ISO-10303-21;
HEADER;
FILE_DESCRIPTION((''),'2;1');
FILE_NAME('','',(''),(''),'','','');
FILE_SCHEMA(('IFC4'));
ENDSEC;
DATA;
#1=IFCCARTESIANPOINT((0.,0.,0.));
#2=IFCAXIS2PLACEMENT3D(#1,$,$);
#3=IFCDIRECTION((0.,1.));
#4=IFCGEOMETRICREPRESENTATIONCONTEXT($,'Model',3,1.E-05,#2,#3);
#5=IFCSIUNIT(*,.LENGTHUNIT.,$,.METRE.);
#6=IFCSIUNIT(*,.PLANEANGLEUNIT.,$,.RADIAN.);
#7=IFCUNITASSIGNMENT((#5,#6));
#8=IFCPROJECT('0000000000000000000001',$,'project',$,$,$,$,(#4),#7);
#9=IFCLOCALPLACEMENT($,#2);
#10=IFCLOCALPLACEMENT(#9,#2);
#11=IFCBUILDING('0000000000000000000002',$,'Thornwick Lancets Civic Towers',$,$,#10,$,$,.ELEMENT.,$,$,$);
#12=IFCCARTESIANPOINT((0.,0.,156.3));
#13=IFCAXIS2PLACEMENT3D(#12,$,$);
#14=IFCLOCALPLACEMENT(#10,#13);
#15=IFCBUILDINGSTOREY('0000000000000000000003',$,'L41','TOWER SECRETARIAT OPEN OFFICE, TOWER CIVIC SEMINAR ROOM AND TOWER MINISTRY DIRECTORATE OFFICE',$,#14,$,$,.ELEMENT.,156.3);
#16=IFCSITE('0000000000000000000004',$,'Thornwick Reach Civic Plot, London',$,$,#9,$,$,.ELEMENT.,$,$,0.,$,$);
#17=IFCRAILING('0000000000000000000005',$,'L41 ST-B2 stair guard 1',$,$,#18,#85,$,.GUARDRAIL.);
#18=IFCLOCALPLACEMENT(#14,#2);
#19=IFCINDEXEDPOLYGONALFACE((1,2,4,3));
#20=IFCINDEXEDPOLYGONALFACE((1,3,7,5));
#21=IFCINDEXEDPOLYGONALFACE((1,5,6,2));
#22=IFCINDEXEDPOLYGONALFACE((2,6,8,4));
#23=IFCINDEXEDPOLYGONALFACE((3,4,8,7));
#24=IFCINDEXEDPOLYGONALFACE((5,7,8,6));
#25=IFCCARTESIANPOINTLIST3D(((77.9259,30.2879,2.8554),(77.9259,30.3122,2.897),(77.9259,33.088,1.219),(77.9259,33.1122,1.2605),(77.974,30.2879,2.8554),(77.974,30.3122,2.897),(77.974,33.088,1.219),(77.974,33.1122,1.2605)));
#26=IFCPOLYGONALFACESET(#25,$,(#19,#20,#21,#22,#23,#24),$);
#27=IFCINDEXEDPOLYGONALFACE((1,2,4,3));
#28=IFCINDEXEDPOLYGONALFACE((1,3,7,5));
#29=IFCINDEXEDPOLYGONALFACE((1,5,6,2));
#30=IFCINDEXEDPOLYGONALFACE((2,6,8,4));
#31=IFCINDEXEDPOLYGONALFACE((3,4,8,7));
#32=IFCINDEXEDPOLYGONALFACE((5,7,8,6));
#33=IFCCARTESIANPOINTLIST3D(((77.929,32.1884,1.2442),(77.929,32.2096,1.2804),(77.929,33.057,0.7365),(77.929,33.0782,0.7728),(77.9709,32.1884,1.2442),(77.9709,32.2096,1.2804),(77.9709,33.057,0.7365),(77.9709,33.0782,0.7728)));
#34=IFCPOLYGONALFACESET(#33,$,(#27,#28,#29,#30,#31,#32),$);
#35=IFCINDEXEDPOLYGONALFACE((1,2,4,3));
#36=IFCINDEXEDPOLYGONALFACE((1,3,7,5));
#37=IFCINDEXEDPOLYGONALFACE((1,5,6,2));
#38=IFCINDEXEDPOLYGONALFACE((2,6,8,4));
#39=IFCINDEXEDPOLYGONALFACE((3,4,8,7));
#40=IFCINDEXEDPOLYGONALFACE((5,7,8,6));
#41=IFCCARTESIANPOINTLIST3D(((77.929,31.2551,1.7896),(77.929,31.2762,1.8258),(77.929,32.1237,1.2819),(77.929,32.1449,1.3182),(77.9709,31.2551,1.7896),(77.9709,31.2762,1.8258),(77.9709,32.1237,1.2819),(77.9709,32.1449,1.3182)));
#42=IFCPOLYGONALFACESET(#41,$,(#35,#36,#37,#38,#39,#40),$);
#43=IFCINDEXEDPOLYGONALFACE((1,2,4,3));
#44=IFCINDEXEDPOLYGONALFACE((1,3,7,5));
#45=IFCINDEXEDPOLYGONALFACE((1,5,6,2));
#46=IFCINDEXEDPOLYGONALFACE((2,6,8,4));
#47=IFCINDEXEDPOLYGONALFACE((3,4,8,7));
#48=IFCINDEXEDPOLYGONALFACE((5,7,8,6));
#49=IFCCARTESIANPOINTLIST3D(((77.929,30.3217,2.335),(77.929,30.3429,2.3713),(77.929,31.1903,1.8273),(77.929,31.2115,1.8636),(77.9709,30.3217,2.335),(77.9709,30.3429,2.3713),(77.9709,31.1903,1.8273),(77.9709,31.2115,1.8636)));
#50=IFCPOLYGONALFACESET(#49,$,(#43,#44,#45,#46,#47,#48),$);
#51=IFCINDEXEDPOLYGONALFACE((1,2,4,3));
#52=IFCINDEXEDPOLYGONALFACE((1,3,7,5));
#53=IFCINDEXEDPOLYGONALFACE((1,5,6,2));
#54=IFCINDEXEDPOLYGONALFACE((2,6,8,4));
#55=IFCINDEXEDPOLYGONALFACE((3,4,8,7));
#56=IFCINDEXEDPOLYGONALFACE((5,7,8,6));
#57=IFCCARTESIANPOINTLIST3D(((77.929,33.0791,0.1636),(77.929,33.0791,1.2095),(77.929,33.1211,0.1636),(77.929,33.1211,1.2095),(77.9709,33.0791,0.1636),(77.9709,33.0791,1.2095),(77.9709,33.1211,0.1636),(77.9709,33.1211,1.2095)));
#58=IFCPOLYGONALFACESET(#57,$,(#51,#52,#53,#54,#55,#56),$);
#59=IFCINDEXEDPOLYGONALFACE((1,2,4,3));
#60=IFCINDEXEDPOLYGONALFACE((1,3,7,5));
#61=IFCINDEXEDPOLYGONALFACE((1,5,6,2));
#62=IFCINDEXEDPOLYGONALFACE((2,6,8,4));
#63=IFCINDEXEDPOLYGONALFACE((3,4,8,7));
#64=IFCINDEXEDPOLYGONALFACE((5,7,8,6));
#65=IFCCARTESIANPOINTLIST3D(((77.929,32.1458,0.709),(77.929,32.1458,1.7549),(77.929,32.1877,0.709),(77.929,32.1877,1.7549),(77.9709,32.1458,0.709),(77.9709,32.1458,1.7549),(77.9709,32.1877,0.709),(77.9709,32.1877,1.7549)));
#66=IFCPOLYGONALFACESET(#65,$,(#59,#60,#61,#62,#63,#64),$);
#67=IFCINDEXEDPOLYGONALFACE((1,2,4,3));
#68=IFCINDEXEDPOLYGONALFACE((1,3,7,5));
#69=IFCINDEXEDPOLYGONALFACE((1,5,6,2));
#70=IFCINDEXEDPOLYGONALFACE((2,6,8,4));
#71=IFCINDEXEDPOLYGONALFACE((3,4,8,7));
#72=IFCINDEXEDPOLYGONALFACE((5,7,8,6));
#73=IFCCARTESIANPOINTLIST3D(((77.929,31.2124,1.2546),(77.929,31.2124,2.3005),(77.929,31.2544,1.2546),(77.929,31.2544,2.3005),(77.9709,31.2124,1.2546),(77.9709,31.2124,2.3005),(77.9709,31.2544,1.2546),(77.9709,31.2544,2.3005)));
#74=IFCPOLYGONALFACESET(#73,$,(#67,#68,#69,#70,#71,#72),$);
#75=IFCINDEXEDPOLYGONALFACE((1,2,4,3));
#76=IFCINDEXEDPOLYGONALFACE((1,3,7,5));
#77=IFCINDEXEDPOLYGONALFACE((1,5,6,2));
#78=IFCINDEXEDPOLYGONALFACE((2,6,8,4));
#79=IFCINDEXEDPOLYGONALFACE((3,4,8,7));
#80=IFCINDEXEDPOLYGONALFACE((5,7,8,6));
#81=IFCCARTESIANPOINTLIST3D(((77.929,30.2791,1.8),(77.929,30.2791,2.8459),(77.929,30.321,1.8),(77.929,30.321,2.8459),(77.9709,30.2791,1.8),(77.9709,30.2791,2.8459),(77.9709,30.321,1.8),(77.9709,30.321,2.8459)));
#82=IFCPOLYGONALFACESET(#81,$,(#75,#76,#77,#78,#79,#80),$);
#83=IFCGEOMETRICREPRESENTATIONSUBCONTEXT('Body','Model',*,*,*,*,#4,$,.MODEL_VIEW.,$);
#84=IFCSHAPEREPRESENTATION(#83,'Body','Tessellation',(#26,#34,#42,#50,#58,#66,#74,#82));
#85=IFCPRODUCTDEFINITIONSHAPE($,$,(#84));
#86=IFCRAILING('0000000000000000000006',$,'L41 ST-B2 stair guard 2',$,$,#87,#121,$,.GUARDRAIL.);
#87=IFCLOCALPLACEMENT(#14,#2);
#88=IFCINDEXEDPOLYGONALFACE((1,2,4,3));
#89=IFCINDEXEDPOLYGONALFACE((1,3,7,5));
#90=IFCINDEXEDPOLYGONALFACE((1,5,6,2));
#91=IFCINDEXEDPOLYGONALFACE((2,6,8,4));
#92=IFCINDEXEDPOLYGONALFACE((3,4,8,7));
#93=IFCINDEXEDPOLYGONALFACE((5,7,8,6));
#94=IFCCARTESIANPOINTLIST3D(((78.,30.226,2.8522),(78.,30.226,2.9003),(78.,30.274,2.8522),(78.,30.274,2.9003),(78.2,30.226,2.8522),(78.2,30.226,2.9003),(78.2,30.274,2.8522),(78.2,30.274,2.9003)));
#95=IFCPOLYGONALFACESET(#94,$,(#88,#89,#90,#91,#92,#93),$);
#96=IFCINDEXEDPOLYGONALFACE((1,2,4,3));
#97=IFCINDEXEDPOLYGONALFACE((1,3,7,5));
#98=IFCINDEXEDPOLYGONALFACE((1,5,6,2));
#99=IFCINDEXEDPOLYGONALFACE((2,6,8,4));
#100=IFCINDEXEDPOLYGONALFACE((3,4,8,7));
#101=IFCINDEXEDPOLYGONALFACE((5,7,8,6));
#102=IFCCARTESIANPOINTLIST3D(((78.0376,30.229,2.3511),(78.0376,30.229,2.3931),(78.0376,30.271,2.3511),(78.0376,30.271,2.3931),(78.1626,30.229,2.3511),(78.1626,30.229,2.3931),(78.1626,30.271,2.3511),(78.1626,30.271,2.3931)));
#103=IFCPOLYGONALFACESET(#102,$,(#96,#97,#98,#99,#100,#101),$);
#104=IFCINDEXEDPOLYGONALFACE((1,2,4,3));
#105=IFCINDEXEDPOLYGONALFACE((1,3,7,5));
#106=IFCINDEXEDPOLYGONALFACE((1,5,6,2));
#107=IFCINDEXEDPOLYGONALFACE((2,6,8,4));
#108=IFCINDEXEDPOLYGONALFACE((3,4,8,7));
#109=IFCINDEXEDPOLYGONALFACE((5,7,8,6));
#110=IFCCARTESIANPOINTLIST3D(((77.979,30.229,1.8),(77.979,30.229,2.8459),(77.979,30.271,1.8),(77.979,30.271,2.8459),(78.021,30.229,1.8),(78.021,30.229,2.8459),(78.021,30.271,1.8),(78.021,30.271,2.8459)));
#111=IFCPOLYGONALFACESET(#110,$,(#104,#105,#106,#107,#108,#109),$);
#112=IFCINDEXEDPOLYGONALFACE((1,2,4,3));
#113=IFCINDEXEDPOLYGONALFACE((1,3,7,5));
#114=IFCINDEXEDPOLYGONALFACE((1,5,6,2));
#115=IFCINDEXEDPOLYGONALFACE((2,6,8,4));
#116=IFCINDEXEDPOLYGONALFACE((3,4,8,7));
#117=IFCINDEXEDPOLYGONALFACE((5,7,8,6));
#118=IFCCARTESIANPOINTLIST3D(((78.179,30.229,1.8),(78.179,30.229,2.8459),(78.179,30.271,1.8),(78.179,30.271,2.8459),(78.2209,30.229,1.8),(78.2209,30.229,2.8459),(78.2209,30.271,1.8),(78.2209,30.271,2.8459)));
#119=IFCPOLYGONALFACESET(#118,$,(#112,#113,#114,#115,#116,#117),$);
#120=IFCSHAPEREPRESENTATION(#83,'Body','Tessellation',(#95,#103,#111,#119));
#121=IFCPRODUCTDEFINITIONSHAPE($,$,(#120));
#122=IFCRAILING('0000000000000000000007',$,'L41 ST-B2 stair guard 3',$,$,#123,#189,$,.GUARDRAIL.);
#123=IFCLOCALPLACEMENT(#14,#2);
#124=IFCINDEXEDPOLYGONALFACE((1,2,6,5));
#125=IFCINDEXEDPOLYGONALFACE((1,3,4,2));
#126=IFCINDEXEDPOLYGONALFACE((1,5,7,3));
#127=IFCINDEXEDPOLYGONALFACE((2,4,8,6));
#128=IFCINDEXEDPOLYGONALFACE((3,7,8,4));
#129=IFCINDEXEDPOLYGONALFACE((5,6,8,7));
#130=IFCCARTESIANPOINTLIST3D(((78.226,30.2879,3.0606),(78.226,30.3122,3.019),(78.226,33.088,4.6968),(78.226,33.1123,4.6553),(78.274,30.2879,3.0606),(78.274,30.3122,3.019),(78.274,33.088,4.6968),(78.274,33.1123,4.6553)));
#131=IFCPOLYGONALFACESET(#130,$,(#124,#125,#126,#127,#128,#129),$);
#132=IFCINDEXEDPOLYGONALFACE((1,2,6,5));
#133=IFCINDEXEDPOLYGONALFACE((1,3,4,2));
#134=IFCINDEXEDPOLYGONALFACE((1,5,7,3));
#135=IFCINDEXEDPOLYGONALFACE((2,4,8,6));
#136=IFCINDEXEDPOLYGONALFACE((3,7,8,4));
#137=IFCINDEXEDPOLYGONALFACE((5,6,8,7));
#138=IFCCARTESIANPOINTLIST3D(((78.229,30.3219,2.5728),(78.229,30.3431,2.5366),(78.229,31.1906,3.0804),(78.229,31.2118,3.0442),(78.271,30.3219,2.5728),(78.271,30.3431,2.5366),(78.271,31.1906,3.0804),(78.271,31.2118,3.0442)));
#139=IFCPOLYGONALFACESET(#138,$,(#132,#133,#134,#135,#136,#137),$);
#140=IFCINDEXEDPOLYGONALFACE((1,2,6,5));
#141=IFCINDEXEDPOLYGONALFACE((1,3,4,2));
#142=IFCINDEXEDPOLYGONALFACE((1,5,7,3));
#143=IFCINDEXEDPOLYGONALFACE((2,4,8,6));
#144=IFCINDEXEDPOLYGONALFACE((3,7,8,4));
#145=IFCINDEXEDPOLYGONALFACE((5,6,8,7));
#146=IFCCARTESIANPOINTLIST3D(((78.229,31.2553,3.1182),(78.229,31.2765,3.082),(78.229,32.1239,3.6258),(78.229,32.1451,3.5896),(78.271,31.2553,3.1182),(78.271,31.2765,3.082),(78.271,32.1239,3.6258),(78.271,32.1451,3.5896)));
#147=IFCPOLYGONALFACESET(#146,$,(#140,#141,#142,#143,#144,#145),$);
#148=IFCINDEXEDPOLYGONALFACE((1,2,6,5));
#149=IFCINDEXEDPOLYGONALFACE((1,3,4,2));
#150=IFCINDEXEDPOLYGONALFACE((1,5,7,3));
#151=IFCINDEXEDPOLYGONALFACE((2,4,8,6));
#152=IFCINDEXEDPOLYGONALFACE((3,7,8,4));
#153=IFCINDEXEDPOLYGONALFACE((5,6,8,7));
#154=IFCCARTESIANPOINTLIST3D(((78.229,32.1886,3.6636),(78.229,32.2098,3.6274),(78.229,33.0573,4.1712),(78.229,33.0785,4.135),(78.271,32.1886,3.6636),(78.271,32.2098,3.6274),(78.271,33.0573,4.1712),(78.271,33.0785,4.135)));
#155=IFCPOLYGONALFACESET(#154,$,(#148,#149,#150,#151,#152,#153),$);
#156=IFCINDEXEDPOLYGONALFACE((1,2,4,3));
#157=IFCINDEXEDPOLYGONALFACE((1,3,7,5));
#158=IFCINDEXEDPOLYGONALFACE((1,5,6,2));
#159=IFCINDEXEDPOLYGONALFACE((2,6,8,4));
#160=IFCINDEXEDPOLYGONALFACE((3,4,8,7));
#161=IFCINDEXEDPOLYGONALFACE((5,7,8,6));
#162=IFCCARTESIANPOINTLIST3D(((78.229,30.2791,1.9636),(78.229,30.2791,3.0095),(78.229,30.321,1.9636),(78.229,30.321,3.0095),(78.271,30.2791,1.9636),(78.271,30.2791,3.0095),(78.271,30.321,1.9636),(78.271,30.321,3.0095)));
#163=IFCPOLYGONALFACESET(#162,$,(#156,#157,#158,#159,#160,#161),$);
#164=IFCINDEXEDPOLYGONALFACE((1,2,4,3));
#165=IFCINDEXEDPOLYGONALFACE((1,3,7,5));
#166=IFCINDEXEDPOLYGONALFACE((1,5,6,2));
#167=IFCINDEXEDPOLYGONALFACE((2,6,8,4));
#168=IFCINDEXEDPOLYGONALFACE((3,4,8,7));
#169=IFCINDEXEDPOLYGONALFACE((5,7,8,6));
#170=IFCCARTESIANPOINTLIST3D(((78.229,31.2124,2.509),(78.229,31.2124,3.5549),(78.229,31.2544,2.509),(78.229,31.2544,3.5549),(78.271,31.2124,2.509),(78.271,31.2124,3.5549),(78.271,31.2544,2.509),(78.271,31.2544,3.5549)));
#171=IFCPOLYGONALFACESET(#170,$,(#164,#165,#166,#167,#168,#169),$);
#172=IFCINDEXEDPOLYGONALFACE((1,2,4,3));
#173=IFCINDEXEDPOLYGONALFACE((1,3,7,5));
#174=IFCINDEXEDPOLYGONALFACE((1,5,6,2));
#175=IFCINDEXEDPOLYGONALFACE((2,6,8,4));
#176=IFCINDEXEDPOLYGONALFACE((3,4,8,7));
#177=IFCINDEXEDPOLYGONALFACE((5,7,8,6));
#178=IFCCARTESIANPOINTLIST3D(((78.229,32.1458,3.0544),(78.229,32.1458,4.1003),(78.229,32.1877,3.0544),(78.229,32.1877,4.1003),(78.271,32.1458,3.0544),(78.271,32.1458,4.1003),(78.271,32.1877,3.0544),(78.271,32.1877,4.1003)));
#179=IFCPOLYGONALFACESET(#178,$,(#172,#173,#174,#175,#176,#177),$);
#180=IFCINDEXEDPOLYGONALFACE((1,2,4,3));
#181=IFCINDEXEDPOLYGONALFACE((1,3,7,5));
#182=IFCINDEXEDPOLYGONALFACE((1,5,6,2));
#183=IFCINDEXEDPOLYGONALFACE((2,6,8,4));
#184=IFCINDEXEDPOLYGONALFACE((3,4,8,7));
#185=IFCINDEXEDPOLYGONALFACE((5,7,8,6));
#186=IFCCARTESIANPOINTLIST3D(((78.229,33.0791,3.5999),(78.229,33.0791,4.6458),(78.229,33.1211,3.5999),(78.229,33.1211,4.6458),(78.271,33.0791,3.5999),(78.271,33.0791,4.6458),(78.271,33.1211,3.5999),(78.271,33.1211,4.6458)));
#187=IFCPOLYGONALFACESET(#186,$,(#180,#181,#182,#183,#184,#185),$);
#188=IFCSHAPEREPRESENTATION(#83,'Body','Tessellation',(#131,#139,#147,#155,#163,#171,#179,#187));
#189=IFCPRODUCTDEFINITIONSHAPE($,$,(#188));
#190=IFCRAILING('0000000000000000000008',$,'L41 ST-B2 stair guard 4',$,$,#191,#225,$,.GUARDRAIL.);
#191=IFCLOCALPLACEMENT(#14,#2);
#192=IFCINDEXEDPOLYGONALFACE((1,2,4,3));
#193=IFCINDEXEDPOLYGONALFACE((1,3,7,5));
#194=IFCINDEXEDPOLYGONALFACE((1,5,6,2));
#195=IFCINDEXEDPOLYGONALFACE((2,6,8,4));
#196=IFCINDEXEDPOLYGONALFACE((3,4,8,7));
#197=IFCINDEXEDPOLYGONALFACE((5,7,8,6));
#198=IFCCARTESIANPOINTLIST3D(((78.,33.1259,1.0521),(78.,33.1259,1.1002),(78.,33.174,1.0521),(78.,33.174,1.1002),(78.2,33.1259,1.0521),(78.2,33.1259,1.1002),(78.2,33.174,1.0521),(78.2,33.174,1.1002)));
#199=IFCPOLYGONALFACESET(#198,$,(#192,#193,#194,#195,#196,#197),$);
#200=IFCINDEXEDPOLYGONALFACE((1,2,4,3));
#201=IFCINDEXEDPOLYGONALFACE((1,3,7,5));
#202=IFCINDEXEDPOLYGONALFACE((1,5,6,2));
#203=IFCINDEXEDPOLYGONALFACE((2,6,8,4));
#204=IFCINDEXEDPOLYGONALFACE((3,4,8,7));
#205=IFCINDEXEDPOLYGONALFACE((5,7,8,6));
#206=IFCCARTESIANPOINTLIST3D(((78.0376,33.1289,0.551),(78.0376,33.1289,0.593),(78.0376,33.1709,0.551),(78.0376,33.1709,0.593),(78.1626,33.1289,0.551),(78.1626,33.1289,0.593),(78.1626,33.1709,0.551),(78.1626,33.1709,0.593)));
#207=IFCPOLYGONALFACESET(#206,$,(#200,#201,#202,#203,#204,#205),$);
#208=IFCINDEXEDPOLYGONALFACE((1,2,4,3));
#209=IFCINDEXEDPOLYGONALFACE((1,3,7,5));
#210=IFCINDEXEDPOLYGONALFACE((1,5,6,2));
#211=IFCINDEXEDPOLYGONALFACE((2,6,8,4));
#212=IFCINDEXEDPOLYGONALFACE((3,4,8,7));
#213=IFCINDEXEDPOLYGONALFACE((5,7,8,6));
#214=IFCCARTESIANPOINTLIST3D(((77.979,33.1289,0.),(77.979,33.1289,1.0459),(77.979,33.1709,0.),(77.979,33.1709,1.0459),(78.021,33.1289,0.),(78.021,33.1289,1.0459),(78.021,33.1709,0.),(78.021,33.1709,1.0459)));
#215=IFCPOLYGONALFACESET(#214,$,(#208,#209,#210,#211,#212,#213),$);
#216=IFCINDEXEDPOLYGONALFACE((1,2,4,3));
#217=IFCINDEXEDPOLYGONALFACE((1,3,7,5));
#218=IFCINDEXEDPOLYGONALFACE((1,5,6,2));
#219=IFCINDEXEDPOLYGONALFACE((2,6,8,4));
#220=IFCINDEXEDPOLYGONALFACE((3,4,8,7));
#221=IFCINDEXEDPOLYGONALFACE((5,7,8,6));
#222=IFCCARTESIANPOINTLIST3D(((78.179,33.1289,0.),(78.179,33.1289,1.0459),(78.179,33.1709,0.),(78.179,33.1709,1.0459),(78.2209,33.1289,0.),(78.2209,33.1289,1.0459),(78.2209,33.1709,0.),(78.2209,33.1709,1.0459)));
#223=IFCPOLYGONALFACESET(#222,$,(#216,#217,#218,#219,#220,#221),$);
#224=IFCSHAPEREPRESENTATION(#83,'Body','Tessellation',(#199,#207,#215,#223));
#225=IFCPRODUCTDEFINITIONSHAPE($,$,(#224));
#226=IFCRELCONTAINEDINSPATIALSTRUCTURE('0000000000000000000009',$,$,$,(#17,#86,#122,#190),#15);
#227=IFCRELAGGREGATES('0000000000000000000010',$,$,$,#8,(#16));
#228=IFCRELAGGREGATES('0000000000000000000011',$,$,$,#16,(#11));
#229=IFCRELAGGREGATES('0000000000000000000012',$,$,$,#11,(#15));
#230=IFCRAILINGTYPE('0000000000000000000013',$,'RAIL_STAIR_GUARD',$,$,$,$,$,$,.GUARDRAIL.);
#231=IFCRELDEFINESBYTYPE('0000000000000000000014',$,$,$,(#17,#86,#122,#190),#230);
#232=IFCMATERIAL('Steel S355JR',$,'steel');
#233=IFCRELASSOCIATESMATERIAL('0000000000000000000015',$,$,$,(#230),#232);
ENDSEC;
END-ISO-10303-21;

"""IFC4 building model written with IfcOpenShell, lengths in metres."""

from ifc_helpers import new_model, si_unit, direction, frame, origin, origin_2d, place, context, subcontext, project, spatial, rectangle, extrude, material, type_object, element, save


model = new_model("IFC4")

# Units and contexts
model_context = context("Model", 3, precision=1e-05, world=origin(), true_north=direction((0.0, 1.0)))
body_context = subcontext(model_context, "Body", "Model", "MODEL_VIEW")
ifc_project = project(units=[si_unit("LENGTHUNIT", "METRE"), si_unit("PLANEANGLEUNIT", "RADIAN")], contexts=[model_context])

# Site, building, storey
site_placement = place(None, origin())
site = spatial("IfcSite", under=ifc_project, at=site_placement, Name="Thornwick Reach Civic Plot, London", CompositionType="ELEMENT", RefElevation=0.0)
building_placement = place(site_placement, origin())
building = spatial("IfcBuilding", under=site, at=building_placement, Name="Thornwick Lancets Civic Towers", CompositionType="ELEMENT")
storey_placement = place(building_placement, frame((0.0, 0.0, 156.3)))
storey = spatial("IfcBuildingStorey", under=building, at=storey_placement, Name="L41", Description="TOWER SECRETARIAT OPEN OFFICE, TOWER CIVIC SEMINAR ROOM AND TOWER MINISTRY DIRECTORATE OFFICE", CompositionType="ELEMENT", Elevation=156.3)

# Shared definitions
ifc_material_1 = material(Name="Steel S355JR", Category="steel")

# Railings
railing_type_1 = type_object("IfcRailingType", Name="RAIL_STAIR_GUARD", PredefinedType="GUARDRAIL", material=ifc_material_1)
railing_1_placement = place(storey_placement, frame((77.95, 33.1001, 0.1636)))
element("IfcRailing", 1, at=railing_1_placement, inside=storey, type_object=railing_type_1, Name="L41 ST-B2 stair guard 1", PredefinedType="GUARDRAIL", context=body_context, shape_type="SweptSolid", body=[
    extrude(rectangle(XDim=0.0481, YDim=0.0481, at=origin_2d()), frame((0.0, 0.0, 1.0762), z_axis=(0.0, -0.863361, 0.504587), x_axis=(1.0, 0.0, 0.0)), (0.0, 0.0, 1.0), 3.2432),
    extrude(rectangle(XDim=0.042, YDim=0.042, at=origin_2d()), frame((0.0, -0.0325, 0.5911), z_axis=(0.0, -0.863361, 0.504587), x_axis=(1.0, 0.0, 0.0)), (0.0, 0.0, 1.0), 1.0061),
    extrude(rectangle(XDim=0.042, YDim=0.042, at=origin_2d()), frame((0.0, -0.9658, 1.1365), z_axis=(0.0, -0.863361, 0.504587), x_axis=(1.0, 0.0, 0.0)), (0.0, 0.0, 1.0), 1.0061),
    extrude(rectangle(XDim=0.042, YDim=0.042, at=origin_2d()), frame((0.0, -1.8992, 1.6819), z_axis=(0.0, -0.863361, 0.504587), x_axis=(1.0, 0.0, 0.0)), (0.0, 0.0, 1.0), 1.0061),
    extrude(rectangle(XDim=0.042, YDim=0.042, at=origin_2d()), origin(), (0.0, 0.0, 1.0), 1.0459),
    extrude(rectangle(XDim=0.042, YDim=0.042, at=origin_2d()), frame((0.0, -0.9333, 0.5454)), (0.0, 0.0, 1.0), 1.0459),
    extrude(rectangle(XDim=0.042, YDim=0.042, at=origin_2d()), frame((0.0, -1.8667, 1.0911)), (0.0, 0.0, 1.0), 1.0459),
    extrude(rectangle(XDim=0.042, YDim=0.042, at=origin_2d()), frame((0.0, -2.8, 1.6365)), (0.0, 0.0, 1.0), 1.0459),
])
railing_2_placement = place(storey_placement, frame((78.0, 30.25, 1.8)))
element("IfcRailing", 2, at=railing_2_placement, inside=storey, type_object=railing_type_1, Name="L41 ST-B2 stair guard 2", PredefinedType="GUARDRAIL", context=body_context, shape_type="SweptSolid", body=[
    extrude(rectangle(XDim=0.0481, YDim=0.0481, at=origin_2d()), frame((0.0, 0.0, 1.0762), z_axis=(1.0, 0.0, 0.0), x_axis=(0.0, 1.0, 0.0)), (0.0, 0.0, 1.0), 0.2),
    extrude(rectangle(XDim=0.042, YDim=0.042, at=origin_2d()), frame((0.0376, 0.0, 0.572), z_axis=(1.0, 0.0, 0.0), x_axis=(0.0, 1.0, 0.0)), (0.0, 0.0, 1.0), 0.125),
    extrude(rectangle(XDim=0.042, YDim=0.042, at=origin_2d()), origin(), (0.0, 0.0, 1.0), 1.0459),
    extrude(rectangle(XDim=0.042, YDim=0.042, at=origin_2d()), frame((0.2, 0.0, 0.0)), (0.0, 0.0, 1.0), 1.0459),
])
railing_3_placement = place(storey_placement, frame((78.25, 30.3, 1.9636)))
element("IfcRailing", 3, at=railing_3_placement, inside=storey, type_object=railing_type_1, Name="L41 ST-B2 stair guard 3", PredefinedType="GUARDRAIL", context=body_context, shape_type="SweptSolid", body=[
    extrude(rectangle(XDim=0.0481, YDim=0.0481, at=origin_2d()), frame((0.0, 0.0, 1.0762), z_axis=(0.0, 0.863394, 0.504531), x_axis=(-1.0, 0.0, 0.0)), (0.0, 0.0, 1.0), 3.2432),
    extrude(rectangle(XDim=0.042, YDim=0.042, at=origin_2d()), frame((0.0, 0.0325, 0.5911), z_axis=(0.0, 0.863394, 0.504531), x_axis=(-1.0, 0.0, 0.0)), (0.0, 0.0, 1.0), 1.0061),
    extrude(rectangle(XDim=0.042, YDim=0.042, at=origin_2d()), frame((0.0, 0.9658, 1.1365), z_axis=(0.0, 0.863394, 0.504531), x_axis=(-1.0, 0.0, 0.0)), (0.0, 0.0, 1.0), 1.0061),
    extrude(rectangle(XDim=0.042, YDim=0.042, at=origin_2d()), frame((0.0, 1.8992, 1.6819), z_axis=(0.0, 0.863394, 0.504531), x_axis=(-1.0, 0.0, 0.0)), (0.0, 0.0, 1.0), 1.0061),
    extrude(rectangle(XDim=0.042, YDim=0.042, at=origin_2d()), origin(), (0.0, 0.0, 1.0), 1.0459),
    extrude(rectangle(XDim=0.042, YDim=0.042, at=origin_2d()), frame((0.0, 0.9333, 0.5454)), (0.0, 0.0, 1.0), 1.0459),
    extrude(rectangle(XDim=0.042, YDim=0.042, at=origin_2d()), frame((0.0, 1.8667, 1.0908)), (0.0, 0.0, 1.0), 1.0459),
    extrude(rectangle(XDim=0.042, YDim=0.042, at=origin_2d()), frame((0.0, 2.8, 1.6362)), (0.0, 0.0, 1.0), 1.0459),
])
railing_4_placement = place(storey_placement, frame((78.0, 33.1499, 0.0)))
element("IfcRailing", 4, at=railing_4_placement, inside=storey, type_object=railing_type_1, Name="L41 ST-B2 stair guard 4", PredefinedType="GUARDRAIL", context=body_context, shape_type="SweptSolid", body=[
    extrude(rectangle(XDim=0.0481, YDim=0.0481, at=origin_2d()), frame((0.0, 0.0, 1.0762), z_axis=(1.0, 0.0, 0.0), x_axis=(0.0, 1.0, 0.0)), (0.0, 0.0, 1.0), 0.2),
    extrude(rectangle(XDim=0.042, YDim=0.042, at=origin_2d()), frame((0.0376, 0.0, 0.572), z_axis=(1.0, 0.0, 0.0), x_axis=(0.0, 1.0, 0.0)), (0.0, 0.0, 1.0), 0.125),
    extrude(rectangle(XDim=0.042, YDim=0.042, at=origin_2d()), origin(), (0.0, 0.0, 1.0), 1.0459),
    extrude(rectangle(XDim=0.042, YDim=0.042, at=origin_2d()), frame((0.2, 0.0, 0.0)), (0.0, 0.0, 1.0), 1.0459),
])

save(model, "model.ifc")
